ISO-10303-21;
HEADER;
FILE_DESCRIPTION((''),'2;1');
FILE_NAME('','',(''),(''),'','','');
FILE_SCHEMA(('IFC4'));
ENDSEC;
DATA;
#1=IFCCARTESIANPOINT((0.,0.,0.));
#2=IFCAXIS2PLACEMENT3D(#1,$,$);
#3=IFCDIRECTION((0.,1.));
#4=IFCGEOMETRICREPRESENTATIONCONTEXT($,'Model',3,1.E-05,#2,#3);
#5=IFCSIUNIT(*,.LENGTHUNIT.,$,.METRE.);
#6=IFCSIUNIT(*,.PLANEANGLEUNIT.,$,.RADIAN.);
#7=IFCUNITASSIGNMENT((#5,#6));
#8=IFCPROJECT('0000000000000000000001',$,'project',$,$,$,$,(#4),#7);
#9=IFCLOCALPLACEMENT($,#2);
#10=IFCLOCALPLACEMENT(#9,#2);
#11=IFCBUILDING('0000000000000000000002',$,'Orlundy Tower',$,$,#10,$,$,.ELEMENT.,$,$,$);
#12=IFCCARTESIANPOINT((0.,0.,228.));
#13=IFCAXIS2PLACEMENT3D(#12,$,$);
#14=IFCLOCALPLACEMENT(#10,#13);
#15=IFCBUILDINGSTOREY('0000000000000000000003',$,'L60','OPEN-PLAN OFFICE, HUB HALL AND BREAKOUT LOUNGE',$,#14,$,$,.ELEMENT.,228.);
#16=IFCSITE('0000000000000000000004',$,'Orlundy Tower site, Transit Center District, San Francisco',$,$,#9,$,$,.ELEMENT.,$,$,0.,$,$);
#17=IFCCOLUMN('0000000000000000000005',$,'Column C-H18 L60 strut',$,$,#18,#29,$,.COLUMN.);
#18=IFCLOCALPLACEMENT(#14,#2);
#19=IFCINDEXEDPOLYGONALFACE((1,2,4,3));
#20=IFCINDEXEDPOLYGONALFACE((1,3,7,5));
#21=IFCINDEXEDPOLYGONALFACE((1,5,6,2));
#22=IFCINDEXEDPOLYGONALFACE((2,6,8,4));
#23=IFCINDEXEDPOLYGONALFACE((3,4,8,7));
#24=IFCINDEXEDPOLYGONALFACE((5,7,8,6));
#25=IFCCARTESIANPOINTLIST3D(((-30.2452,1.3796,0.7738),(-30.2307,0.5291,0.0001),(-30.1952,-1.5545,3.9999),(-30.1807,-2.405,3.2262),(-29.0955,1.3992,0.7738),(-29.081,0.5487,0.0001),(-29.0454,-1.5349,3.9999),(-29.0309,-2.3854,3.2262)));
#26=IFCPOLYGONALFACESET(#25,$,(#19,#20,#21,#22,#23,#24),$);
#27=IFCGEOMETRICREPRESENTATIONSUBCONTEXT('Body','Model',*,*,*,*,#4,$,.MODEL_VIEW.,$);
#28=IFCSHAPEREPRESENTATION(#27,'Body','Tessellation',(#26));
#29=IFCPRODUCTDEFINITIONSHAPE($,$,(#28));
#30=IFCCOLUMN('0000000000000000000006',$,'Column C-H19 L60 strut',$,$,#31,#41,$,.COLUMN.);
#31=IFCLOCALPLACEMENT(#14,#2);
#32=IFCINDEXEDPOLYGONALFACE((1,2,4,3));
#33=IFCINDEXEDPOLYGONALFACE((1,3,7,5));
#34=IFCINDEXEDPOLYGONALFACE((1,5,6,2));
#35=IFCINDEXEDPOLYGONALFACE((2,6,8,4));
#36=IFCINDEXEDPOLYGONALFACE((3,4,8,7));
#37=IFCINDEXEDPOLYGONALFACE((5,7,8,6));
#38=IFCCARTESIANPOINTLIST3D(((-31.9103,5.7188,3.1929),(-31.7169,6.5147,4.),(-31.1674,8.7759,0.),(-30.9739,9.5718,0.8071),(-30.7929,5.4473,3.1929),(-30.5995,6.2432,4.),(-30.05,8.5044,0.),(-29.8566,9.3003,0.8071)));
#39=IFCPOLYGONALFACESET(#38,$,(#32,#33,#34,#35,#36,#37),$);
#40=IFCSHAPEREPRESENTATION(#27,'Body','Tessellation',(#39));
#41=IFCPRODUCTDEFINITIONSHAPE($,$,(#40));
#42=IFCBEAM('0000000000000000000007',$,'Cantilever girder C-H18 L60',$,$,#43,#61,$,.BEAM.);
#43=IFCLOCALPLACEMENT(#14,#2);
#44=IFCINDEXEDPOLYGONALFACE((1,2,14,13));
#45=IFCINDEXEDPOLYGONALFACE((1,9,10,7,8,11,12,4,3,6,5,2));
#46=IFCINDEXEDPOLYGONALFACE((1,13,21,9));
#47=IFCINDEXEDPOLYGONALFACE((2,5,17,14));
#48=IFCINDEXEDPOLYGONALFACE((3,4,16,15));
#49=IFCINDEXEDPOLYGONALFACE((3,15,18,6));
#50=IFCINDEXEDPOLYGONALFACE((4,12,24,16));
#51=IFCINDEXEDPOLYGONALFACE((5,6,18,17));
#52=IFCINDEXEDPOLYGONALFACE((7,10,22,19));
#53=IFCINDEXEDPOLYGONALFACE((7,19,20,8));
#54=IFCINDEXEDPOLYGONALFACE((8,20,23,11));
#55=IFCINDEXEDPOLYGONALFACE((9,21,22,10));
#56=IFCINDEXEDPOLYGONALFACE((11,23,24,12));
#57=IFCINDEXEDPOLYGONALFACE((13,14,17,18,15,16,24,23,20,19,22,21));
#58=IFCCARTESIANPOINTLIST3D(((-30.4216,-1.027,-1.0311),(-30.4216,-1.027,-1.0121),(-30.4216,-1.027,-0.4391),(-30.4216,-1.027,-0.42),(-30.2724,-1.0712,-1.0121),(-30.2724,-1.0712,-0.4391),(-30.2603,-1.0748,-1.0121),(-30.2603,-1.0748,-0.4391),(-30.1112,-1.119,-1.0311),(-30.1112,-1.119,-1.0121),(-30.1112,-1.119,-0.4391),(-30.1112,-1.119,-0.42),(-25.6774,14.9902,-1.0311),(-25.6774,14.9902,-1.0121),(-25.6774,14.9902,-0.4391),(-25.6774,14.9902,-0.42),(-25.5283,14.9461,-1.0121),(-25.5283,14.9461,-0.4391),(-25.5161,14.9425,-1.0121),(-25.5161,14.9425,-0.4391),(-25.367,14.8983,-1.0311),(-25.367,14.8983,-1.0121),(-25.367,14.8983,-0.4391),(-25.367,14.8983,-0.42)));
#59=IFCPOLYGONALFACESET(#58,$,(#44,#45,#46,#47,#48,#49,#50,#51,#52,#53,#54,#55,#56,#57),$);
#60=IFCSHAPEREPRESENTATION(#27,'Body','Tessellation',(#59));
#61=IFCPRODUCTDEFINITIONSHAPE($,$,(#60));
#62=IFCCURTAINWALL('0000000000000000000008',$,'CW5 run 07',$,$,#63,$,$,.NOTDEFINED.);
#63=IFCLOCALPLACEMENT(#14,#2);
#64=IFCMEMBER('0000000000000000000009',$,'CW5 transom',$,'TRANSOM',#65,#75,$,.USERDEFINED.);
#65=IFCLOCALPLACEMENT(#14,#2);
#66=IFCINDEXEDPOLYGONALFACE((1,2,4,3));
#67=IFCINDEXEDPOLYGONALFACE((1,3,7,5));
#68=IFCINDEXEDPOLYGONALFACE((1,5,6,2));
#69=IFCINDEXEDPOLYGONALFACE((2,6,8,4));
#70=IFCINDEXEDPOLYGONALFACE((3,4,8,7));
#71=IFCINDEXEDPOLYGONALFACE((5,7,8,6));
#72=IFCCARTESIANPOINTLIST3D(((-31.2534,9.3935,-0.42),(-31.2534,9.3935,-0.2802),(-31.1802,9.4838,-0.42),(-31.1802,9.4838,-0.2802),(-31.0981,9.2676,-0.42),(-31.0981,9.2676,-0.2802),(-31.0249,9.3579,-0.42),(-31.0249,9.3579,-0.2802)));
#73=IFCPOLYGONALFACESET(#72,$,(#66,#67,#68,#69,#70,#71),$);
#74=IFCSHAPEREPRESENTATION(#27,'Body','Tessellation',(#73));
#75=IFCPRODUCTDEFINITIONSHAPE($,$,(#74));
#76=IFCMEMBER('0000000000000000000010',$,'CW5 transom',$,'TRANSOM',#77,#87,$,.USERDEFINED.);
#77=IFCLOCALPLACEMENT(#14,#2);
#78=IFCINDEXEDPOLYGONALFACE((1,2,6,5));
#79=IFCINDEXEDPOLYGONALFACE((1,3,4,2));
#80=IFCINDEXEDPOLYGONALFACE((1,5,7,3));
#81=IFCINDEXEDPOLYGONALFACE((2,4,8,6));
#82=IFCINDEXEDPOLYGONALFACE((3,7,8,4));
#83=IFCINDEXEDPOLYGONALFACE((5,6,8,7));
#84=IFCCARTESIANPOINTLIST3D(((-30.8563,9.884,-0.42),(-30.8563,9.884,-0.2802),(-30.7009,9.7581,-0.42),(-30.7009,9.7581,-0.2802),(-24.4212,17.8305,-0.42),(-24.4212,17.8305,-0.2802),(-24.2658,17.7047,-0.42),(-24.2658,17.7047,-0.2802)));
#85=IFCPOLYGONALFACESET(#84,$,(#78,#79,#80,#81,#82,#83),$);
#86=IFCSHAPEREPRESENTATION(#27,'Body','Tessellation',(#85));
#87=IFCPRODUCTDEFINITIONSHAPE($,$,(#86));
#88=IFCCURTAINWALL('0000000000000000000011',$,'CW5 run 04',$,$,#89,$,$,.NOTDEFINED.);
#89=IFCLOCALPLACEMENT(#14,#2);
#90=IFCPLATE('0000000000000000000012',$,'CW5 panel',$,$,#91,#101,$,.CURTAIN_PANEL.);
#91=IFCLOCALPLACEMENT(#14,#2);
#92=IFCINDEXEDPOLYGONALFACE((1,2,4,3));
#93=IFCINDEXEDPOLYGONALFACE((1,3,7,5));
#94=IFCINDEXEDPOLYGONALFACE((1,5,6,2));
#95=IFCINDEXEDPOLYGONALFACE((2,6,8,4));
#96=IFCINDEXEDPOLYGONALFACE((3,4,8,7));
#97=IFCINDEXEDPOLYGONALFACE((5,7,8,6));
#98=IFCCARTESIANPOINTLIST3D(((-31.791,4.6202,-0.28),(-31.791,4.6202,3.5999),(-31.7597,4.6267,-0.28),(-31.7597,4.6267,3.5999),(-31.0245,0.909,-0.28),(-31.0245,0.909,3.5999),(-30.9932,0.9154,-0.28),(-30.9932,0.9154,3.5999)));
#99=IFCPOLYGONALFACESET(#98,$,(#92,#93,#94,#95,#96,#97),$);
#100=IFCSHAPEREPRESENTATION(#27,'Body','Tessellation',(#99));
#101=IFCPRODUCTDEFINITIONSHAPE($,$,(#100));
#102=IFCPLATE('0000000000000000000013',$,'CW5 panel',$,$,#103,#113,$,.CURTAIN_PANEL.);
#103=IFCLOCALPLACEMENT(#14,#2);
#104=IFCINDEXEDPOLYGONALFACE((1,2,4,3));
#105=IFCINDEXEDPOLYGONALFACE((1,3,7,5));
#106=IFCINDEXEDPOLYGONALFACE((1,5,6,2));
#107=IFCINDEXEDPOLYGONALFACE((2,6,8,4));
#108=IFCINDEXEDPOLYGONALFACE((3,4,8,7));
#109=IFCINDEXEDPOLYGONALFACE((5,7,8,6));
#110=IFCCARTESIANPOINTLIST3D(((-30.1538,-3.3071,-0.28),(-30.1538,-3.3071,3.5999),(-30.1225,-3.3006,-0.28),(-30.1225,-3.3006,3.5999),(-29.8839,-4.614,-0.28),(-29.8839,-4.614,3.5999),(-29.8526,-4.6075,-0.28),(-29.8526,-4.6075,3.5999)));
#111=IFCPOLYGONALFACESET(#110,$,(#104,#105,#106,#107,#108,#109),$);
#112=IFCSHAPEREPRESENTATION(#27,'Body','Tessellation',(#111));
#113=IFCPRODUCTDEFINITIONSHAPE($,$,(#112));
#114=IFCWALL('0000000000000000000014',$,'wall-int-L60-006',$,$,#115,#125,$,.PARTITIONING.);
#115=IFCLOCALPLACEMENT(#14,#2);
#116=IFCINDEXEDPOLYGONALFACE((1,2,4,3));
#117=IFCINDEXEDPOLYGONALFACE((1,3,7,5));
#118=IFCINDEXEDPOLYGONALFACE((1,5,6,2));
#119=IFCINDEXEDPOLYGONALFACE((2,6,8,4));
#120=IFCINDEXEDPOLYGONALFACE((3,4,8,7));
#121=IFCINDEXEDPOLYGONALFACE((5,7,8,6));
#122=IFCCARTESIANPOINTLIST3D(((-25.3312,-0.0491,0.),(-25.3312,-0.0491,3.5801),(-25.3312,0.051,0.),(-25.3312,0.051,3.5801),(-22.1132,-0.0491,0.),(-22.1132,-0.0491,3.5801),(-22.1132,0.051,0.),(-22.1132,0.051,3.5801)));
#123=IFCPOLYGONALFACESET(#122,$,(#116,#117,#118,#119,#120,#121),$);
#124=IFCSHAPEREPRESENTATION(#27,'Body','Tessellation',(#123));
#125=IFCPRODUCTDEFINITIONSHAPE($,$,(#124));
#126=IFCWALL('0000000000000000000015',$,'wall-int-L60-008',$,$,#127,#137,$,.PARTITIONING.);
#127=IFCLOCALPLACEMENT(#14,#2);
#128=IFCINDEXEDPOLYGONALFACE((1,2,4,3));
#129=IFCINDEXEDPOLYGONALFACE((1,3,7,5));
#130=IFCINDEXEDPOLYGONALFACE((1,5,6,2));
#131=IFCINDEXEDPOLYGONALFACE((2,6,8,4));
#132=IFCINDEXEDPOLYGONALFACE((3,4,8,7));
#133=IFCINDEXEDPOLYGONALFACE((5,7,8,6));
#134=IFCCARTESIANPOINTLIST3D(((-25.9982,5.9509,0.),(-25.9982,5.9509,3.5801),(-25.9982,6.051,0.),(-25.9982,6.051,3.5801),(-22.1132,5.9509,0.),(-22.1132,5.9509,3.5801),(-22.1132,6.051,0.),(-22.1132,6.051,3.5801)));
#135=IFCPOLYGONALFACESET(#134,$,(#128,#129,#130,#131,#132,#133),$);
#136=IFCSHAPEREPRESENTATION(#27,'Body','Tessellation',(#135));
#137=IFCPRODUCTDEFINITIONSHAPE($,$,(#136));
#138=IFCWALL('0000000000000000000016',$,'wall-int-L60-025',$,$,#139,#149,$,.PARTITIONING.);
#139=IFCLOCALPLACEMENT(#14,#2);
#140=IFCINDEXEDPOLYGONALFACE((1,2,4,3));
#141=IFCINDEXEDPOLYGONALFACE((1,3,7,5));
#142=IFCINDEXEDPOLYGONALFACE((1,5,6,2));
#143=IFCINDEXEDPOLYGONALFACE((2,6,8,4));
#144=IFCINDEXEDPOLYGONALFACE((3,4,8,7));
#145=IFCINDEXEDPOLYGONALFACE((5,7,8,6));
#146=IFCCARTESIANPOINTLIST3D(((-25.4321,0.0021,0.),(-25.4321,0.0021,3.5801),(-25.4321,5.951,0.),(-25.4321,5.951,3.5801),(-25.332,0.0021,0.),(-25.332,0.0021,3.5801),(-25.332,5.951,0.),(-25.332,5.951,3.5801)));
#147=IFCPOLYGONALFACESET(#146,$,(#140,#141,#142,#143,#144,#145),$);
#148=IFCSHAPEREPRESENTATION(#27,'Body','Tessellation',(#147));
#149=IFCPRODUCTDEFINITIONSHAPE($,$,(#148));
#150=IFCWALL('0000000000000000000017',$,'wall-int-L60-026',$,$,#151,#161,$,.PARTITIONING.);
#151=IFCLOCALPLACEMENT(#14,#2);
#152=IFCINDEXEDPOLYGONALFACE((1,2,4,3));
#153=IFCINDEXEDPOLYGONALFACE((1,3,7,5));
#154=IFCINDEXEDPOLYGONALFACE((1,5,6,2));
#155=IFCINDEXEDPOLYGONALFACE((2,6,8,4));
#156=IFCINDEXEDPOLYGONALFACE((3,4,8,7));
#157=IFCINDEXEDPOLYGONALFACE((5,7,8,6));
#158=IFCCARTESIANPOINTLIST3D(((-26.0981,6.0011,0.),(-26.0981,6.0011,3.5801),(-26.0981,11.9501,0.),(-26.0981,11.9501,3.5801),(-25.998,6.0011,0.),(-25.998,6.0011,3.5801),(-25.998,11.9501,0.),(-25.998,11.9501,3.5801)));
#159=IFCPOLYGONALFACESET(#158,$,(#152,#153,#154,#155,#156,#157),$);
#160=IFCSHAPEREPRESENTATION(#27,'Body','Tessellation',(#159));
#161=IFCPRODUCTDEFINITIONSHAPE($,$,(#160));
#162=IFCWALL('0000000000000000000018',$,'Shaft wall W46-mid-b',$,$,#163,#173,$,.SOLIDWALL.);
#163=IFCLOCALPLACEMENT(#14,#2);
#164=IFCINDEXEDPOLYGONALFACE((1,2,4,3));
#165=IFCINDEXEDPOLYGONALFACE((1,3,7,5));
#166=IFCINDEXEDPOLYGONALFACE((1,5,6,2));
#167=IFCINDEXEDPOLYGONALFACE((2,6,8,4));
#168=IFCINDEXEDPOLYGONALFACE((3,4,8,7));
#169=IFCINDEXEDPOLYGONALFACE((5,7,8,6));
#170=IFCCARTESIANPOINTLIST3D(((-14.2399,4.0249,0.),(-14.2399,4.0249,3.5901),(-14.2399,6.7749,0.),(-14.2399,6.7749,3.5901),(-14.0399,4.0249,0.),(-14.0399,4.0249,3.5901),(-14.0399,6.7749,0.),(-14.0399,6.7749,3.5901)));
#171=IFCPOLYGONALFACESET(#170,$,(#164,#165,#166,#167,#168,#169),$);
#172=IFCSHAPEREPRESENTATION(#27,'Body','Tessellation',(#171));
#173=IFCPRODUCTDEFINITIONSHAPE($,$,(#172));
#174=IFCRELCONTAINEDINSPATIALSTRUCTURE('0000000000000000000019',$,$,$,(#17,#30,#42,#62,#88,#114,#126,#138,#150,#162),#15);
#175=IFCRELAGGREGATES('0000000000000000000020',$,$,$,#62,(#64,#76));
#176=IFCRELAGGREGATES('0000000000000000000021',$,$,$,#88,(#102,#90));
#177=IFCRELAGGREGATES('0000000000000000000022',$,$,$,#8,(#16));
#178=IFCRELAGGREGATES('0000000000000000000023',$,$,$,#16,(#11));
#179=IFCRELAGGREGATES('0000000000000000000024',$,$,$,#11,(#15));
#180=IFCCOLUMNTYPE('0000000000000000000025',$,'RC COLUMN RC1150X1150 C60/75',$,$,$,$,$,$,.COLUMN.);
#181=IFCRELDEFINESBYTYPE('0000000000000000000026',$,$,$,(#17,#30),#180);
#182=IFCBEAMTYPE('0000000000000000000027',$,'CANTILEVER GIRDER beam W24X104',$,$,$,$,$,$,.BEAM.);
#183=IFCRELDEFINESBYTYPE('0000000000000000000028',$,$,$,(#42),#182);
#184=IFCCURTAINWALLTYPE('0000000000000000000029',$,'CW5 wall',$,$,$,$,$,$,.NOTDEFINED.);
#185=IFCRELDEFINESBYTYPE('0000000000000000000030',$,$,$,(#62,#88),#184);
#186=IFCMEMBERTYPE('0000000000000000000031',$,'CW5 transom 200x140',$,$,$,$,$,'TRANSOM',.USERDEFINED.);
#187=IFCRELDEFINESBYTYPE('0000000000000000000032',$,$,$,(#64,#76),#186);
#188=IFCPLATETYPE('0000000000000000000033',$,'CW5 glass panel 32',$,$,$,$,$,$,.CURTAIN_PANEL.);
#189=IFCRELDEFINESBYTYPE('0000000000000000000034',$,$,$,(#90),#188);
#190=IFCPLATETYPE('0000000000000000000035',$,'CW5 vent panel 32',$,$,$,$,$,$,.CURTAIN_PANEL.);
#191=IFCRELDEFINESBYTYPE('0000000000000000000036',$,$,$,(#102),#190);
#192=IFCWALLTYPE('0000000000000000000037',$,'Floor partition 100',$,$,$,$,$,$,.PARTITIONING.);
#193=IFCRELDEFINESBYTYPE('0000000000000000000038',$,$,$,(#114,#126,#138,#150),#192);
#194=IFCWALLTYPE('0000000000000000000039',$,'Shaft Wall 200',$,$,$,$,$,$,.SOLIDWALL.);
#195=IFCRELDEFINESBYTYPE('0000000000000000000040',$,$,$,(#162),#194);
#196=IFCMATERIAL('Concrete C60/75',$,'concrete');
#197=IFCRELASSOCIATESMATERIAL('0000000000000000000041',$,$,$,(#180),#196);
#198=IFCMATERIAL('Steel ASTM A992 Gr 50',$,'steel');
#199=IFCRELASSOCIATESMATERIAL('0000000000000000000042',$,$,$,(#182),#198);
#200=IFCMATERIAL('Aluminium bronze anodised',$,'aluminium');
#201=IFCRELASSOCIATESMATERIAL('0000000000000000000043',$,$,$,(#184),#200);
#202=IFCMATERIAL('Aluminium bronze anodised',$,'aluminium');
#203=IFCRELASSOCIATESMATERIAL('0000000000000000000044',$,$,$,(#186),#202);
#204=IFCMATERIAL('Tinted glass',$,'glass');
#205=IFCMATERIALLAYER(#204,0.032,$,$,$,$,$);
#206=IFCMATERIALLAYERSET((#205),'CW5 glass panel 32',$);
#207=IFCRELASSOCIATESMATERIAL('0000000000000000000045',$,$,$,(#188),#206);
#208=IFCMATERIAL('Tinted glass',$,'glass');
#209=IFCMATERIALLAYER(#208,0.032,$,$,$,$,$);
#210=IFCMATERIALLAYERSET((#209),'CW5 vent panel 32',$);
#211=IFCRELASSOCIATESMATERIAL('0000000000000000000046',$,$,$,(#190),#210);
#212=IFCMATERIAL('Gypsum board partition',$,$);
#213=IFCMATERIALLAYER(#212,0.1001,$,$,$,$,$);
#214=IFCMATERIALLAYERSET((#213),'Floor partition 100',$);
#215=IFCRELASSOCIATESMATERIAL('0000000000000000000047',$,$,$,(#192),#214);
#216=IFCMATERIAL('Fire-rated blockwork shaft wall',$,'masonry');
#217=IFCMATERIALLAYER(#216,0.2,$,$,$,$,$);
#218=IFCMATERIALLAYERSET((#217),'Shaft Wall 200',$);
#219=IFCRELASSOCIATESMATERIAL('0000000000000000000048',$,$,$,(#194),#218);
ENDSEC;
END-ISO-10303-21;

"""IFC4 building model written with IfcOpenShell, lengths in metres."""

from ifc_helpers import new_model, si_unit, direction, frame, frame_2d, origin, origin_2d, place, context, subcontext, project, spatial, rectangle, i_section, extrude, material, layer, layer_set, material_profile, profile_set, type_object, element, aggregate, save


model = new_model("IFC4")

# Units and contexts
model_context = context("Model", 3, precision=1e-05, world=origin(), true_north=direction((0.0, 1.0)))
body_context = subcontext(model_context, "Body", "Model", "MODEL_VIEW")
ifc_project = project(units=[si_unit("LENGTHUNIT", "METRE"), si_unit("PLANEANGLEUNIT", "RADIAN")], contexts=[model_context])

# Site, building, storey
site_placement = place(None, origin())
site = spatial("IfcSite", under=ifc_project, at=site_placement, Name="Orlundy Tower site, Transit Center District, San Francisco", CompositionType="ELEMENT", RefElevation=0.0)
building_placement = place(site_placement, origin())
building = spatial("IfcBuilding", under=site, at=building_placement, Name="Orlundy Tower", CompositionType="ELEMENT")
storey_placement = place(building_placement, frame((0.0, 0.0, 228.0)))
storey = spatial("IfcBuildingStorey", under=building, at=storey_placement, Name="L60", Description="OPEN-PLAN OFFICE, HUB HALL AND BREAKOUT LOUNGE", CompositionType="ELEMENT", Elevation=228.0)

# Columns
ifc_material_1 = material(Name="Concrete C60/75", Category="concrete")
ifc_material_profile_1 = material_profile(ifc_material_1, rectangle(XDim=1.1499, YDim=1.1499, at=origin_2d()), Name="RC1150X1150")
ifc_profile_set_1 = profile_set([ifc_material_profile_1], Name="Concrete C60/75")
column_type = type_object("IfcColumnType", Name="RC COLUMN RC1150X1150 C60/75", PredefinedType="COLUMN", material=ifc_profile_set_1)
column_1_placement = place(storey_placement, frame((-29.6631, 0.9641, 0.387), z_axis=(0.011476, -0.67279, 0.739744), x_axis=(0.999855, 0.017055, 0.0)))
element("IfcColumn", 1, at=column_1_placement, inside=storey, type_object=column_type, Name="Column C-H18 L60 strut", PredefinedType="COLUMN", context=body_context, shape_type="SweptSolid", body=[
    extrude(rectangle(XDim=1.1499, YDim=1.1499, at=origin_2d()), origin(), (0.0, 0.0, 1.0), 4.3611),
])
column_2_placement = place(storey_placement, frame((-30.512, 9.0381, 0.4036), z_axis=(-0.16574, -0.682021, 0.712304), x_axis=(0.971719, -0.23614, 0.0)))
element("IfcColumn", 2, at=column_2_placement, inside=storey, type_object=column_type, Name="Column C-H19 L60 strut", PredefinedType="COLUMN", context=body_context, shape_type="SweptSolid", body=[
    extrude(rectangle(XDim=1.1499, YDim=1.1499, at=origin_2d()), origin(), (0.0, 0.0, 1.0), 4.4824),
])

# Beam
ifc_material_2 = material(Name="Steel ASTM A992 Gr 50", Category="steel")
ifc_material_profile_2 = material_profile(ifc_material_2, i_section(OverallWidth=0.3237, OverallDepth=0.6111, WebThickness=0.0127, FlangeThickness=0.019, at=origin_2d()), Name="W24X104")
ifc_profile_set_2 = profile_set([ifc_material_profile_2], Name="Steel ASTM A992 Gr 50")
beam_type = type_object("IfcBeamType", Name="CANTILEVER GIRDER beam W24X104", PredefinedType="BEAM", material=ifc_profile_set_2)
beam_placement = place(storey_placement, frame((-30.2664, -1.073, -0.7256), z_axis=(0.283993, 0.958826, 0.0), x_axis=(-0.958826, 0.283993, 0.0)))
element("IfcBeam", 3, at=beam_placement, inside=storey, type_object=beam_type, Name="Cantilever girder C-H18 L60", PredefinedType="BEAM", context=body_context, shape_type="SweptSolid", body=[
    extrude(i_section(OverallWidth=0.3237, OverallDepth=0.6111, WebThickness=0.0127, FlangeThickness=0.019, at=origin_2d()), origin(), (0.0, 0.0, 1.0), 16.7051),
])

# Curtain wall, members
ifc_material_3 = material(Name="Aluminium bronze anodised", Category="aluminium")
curtain_wall_type = type_object("IfcCurtainWallType", Name="CW5 wall", PredefinedType="NOTDEFINED", material=ifc_material_3)
curtain_wall_1_placement = place(storey_placement, origin())
curtain_wall_1 = element("IfcCurtainWall", 4, at=curtain_wall_1_placement, inside=storey, type_object=curtain_wall_type, Name="CW5 run 07", PredefinedType="NOTDEFINED")
ifc_material_4 = material(Name="Aluminium bronze anodised", Category="aluminium")
ifc_material_profile_3 = material_profile(ifc_material_4, rectangle(XDim=0.2, YDim=0.1399, at=origin_2d()), Name="CW5 transom 200x140")
ifc_profile_set_3 = profile_set([ifc_material_profile_3], Name="Aluminium bronze anodised")
member_type = type_object("IfcMemberType", Name="CW5 transom 200x140", ElementType="TRANSOM", PredefinedType="USERDEFINED", material=ifc_profile_set_3)
member_1_placement = place(storey_placement, frame((-31.1758, 9.3306, -0.3501), z_axis=(0.629802, 0.776756, 0.0), x_axis=(-0.776756, 0.629802, 0.0)))
member_1 = element("IfcMember", 5, at=member_1_placement, type_object=member_type, Name="CW5 transom", ObjectType="TRANSOM", PredefinedType="USERDEFINED", context=body_context, shape_type="SweptSolid", body=[
    extrude(rectangle(XDim=0.2, YDim=0.1399, at=origin_2d()), origin(), (0.0, 0.0, 1.0), 0.1162),
])
member_2_placement = place(storey_placement, frame((-30.7786, 9.821, -0.3501), z_axis=(0.629325, 0.777142, 0.0), x_axis=(-0.777142, 0.629325, 0.0)))
member_2 = element("IfcMember", 6, at=member_2_placement, type_object=member_type, Name="CW5 transom", ObjectType="TRANSOM", PredefinedType="USERDEFINED", context=body_context, shape_type="SweptSolid", body=[
    extrude(rectangle(XDim=0.2, YDim=0.1399, at=origin_2d()), origin(), (0.0, 0.0, 1.0), 10.2253),
])
aggregate(curtain_wall_1, [member_1, member_2])

# Curtain wall, plates
curtain_wall_2_placement = place(storey_placement, origin())
curtain_wall_2 = element("IfcCurtainWall", 7, at=curtain_wall_2_placement, inside=storey, type_object=curtain_wall_type, Name="CW5 run 04", PredefinedType="NOTDEFINED")
ifc_material_5 = material(Name="Tinted glass", Category="glass")
ifc_layer_1 = layer(ifc_material_5, 0.032)
ifc_layer_set_1 = layer_set([ifc_layer_1], Name="CW5 glass panel 32")
plate_type_1 = type_object("IfcPlateType", Name="CW5 glass panel 32", PredefinedType="CURTAIN_PANEL", material=ifc_layer_set_1)
plate_1_placement = place(storey_placement, frame((-31.3921, 2.7678, -0.28), z_axis=(0.0, 0.0, 1.0), x_axis=(-0.202267, 0.97933, 0.0)))
plate_1 = element("IfcPlate", 8, at=plate_1_placement, type_object=plate_type_1, Name="CW5 panel", PredefinedType="CURTAIN_PANEL", context=body_context, shape_type="SweptSolid", body=[
    extrude(rectangle(XDim=3.7896, YDim=0.032, at=origin_2d()), origin(), (0.0, 0.0, 1.0), 3.8799),
])
ifc_material_6 = material(Name="Tinted glass", Category="glass")
ifc_layer_2 = layer(ifc_material_6, 0.032)
ifc_layer_set_2 = layer_set([ifc_layer_2], Name="CW5 vent panel 32")
plate_type_2 = type_object("IfcPlateType", Name="CW5 vent panel 32", PredefinedType="CURTAIN_PANEL", material=ifc_layer_set_2)
plate_2_placement = place(storey_placement, frame((-30.0032, -3.9573, -0.28), z_axis=(0.0, 0.0, 1.0), x_axis=(-0.202267, 0.97933, 0.0)))
plate_2 = element("IfcPlate", 9, at=plate_2_placement, type_object=plate_type_2, Name="CW5 panel", PredefinedType="CURTAIN_PANEL", context=body_context, shape_type="SweptSolid", body=[
    extrude(rectangle(XDim=1.3345, YDim=0.032, at=origin_2d()), origin(), (0.0, 0.0, 1.0), 3.8799),
])
aggregate(curtain_wall_2, [plate_2, plate_1])

# Walls
ifc_material_7 = material(Name="Gypsum board partition")
ifc_layer_3 = layer(ifc_material_7, 0.1001)
ifc_layer_set_3 = layer_set([ifc_layer_3], Name="Floor partition 100")
wall_type_1 = type_object("IfcWallType", Name="Floor partition 100", PredefinedType="PARTITIONING", material=ifc_layer_set_3)
wall_1_placement = place(storey_placement, frame((-25.3311, 0.001, 0.0), z_axis=(0.0, 0.0, 1.0), x_axis=(1.0, 0.0, 0.0)))
element("IfcWall", 10, at=wall_1_placement, inside=storey, type_object=wall_type_1, Name="wall-int-L60-006", PredefinedType="PARTITIONING", context=body_context, shape_type="SweptSolid", body=[
    extrude(rectangle(XDim=3.218, YDim=0.1001, at=frame_2d((1.6089, 0.0))), origin(), (0.0, 0.0, 1.0), 3.5801),
])
wall_2_placement = place(storey_placement, frame((-25.998, 6.001, 0.0), z_axis=(0.0, 0.0, 1.0), x_axis=(1.0, 0.0, 0.0)))
element("IfcWall", 11, at=wall_2_placement, inside=storey, type_object=wall_type_1, Name="wall-int-L60-008", PredefinedType="PARTITIONING", context=body_context, shape_type="SweptSolid", body=[
    extrude(rectangle(XDim=3.885, YDim=0.1001, at=frame_2d((1.9424, 0.0))), origin(), (0.0, 0.0, 1.0), 3.5801),
])
for number, where, z_axis, x_axis, name in (
    (12, (-25.3821, 0.002, 0.0), (0.0, 0.0, 1.0), (0.0, 1.0, 0.0), "wall-int-L60-025"),
    (13, (-26.0481, 6.001, 0.0), (0.0, 0.0, 1.0), (0.0, 1.0, 0.0), "wall-int-L60-026"),
):
    element("IfcWall", number, at=place(storey_placement, frame(where, z_axis=z_axis, x_axis=x_axis)), inside=storey, type_object=wall_type_1, Name=name, PredefinedType="PARTITIONING", context=body_context, shape_type="SweptSolid", body=[
        extrude(rectangle(XDim=5.949, YDim=0.1001, at=frame_2d((2.9746, 0.0))), origin(), (0.0, 0.0, 1.0), 3.5801),
    ])
ifc_material_8 = material(Name="Fire-rated blockwork shaft wall", Category="masonry")
ifc_layer_4 = layer(ifc_material_8, 0.2)
ifc_layer_set_4 = layer_set([ifc_layer_4], Name="Shaft Wall 200")
wall_type_2 = type_object("IfcWallType", Name="Shaft Wall 200", PredefinedType="SOLIDWALL", material=ifc_layer_set_4)
wall_3_placement = place(storey_placement, frame((-14.1399, 4.0249, 0.0), z_axis=(0.0, 0.0, 1.0), x_axis=(0.0, 1.0, 0.0)))
element("IfcWall", 14, at=wall_3_placement, inside=storey, type_object=wall_type_2, Name="Shaft wall W46-mid-b", PredefinedType="SOLIDWALL", context=body_context, shape_type="SweptSolid", body=[
    extrude(rectangle(XDim=2.75, YDim=0.2, at=frame_2d((1.375, 0.0))), origin(), (0.0, 0.0, 1.0), 3.5901),
])

save(model, "model.ifc")
